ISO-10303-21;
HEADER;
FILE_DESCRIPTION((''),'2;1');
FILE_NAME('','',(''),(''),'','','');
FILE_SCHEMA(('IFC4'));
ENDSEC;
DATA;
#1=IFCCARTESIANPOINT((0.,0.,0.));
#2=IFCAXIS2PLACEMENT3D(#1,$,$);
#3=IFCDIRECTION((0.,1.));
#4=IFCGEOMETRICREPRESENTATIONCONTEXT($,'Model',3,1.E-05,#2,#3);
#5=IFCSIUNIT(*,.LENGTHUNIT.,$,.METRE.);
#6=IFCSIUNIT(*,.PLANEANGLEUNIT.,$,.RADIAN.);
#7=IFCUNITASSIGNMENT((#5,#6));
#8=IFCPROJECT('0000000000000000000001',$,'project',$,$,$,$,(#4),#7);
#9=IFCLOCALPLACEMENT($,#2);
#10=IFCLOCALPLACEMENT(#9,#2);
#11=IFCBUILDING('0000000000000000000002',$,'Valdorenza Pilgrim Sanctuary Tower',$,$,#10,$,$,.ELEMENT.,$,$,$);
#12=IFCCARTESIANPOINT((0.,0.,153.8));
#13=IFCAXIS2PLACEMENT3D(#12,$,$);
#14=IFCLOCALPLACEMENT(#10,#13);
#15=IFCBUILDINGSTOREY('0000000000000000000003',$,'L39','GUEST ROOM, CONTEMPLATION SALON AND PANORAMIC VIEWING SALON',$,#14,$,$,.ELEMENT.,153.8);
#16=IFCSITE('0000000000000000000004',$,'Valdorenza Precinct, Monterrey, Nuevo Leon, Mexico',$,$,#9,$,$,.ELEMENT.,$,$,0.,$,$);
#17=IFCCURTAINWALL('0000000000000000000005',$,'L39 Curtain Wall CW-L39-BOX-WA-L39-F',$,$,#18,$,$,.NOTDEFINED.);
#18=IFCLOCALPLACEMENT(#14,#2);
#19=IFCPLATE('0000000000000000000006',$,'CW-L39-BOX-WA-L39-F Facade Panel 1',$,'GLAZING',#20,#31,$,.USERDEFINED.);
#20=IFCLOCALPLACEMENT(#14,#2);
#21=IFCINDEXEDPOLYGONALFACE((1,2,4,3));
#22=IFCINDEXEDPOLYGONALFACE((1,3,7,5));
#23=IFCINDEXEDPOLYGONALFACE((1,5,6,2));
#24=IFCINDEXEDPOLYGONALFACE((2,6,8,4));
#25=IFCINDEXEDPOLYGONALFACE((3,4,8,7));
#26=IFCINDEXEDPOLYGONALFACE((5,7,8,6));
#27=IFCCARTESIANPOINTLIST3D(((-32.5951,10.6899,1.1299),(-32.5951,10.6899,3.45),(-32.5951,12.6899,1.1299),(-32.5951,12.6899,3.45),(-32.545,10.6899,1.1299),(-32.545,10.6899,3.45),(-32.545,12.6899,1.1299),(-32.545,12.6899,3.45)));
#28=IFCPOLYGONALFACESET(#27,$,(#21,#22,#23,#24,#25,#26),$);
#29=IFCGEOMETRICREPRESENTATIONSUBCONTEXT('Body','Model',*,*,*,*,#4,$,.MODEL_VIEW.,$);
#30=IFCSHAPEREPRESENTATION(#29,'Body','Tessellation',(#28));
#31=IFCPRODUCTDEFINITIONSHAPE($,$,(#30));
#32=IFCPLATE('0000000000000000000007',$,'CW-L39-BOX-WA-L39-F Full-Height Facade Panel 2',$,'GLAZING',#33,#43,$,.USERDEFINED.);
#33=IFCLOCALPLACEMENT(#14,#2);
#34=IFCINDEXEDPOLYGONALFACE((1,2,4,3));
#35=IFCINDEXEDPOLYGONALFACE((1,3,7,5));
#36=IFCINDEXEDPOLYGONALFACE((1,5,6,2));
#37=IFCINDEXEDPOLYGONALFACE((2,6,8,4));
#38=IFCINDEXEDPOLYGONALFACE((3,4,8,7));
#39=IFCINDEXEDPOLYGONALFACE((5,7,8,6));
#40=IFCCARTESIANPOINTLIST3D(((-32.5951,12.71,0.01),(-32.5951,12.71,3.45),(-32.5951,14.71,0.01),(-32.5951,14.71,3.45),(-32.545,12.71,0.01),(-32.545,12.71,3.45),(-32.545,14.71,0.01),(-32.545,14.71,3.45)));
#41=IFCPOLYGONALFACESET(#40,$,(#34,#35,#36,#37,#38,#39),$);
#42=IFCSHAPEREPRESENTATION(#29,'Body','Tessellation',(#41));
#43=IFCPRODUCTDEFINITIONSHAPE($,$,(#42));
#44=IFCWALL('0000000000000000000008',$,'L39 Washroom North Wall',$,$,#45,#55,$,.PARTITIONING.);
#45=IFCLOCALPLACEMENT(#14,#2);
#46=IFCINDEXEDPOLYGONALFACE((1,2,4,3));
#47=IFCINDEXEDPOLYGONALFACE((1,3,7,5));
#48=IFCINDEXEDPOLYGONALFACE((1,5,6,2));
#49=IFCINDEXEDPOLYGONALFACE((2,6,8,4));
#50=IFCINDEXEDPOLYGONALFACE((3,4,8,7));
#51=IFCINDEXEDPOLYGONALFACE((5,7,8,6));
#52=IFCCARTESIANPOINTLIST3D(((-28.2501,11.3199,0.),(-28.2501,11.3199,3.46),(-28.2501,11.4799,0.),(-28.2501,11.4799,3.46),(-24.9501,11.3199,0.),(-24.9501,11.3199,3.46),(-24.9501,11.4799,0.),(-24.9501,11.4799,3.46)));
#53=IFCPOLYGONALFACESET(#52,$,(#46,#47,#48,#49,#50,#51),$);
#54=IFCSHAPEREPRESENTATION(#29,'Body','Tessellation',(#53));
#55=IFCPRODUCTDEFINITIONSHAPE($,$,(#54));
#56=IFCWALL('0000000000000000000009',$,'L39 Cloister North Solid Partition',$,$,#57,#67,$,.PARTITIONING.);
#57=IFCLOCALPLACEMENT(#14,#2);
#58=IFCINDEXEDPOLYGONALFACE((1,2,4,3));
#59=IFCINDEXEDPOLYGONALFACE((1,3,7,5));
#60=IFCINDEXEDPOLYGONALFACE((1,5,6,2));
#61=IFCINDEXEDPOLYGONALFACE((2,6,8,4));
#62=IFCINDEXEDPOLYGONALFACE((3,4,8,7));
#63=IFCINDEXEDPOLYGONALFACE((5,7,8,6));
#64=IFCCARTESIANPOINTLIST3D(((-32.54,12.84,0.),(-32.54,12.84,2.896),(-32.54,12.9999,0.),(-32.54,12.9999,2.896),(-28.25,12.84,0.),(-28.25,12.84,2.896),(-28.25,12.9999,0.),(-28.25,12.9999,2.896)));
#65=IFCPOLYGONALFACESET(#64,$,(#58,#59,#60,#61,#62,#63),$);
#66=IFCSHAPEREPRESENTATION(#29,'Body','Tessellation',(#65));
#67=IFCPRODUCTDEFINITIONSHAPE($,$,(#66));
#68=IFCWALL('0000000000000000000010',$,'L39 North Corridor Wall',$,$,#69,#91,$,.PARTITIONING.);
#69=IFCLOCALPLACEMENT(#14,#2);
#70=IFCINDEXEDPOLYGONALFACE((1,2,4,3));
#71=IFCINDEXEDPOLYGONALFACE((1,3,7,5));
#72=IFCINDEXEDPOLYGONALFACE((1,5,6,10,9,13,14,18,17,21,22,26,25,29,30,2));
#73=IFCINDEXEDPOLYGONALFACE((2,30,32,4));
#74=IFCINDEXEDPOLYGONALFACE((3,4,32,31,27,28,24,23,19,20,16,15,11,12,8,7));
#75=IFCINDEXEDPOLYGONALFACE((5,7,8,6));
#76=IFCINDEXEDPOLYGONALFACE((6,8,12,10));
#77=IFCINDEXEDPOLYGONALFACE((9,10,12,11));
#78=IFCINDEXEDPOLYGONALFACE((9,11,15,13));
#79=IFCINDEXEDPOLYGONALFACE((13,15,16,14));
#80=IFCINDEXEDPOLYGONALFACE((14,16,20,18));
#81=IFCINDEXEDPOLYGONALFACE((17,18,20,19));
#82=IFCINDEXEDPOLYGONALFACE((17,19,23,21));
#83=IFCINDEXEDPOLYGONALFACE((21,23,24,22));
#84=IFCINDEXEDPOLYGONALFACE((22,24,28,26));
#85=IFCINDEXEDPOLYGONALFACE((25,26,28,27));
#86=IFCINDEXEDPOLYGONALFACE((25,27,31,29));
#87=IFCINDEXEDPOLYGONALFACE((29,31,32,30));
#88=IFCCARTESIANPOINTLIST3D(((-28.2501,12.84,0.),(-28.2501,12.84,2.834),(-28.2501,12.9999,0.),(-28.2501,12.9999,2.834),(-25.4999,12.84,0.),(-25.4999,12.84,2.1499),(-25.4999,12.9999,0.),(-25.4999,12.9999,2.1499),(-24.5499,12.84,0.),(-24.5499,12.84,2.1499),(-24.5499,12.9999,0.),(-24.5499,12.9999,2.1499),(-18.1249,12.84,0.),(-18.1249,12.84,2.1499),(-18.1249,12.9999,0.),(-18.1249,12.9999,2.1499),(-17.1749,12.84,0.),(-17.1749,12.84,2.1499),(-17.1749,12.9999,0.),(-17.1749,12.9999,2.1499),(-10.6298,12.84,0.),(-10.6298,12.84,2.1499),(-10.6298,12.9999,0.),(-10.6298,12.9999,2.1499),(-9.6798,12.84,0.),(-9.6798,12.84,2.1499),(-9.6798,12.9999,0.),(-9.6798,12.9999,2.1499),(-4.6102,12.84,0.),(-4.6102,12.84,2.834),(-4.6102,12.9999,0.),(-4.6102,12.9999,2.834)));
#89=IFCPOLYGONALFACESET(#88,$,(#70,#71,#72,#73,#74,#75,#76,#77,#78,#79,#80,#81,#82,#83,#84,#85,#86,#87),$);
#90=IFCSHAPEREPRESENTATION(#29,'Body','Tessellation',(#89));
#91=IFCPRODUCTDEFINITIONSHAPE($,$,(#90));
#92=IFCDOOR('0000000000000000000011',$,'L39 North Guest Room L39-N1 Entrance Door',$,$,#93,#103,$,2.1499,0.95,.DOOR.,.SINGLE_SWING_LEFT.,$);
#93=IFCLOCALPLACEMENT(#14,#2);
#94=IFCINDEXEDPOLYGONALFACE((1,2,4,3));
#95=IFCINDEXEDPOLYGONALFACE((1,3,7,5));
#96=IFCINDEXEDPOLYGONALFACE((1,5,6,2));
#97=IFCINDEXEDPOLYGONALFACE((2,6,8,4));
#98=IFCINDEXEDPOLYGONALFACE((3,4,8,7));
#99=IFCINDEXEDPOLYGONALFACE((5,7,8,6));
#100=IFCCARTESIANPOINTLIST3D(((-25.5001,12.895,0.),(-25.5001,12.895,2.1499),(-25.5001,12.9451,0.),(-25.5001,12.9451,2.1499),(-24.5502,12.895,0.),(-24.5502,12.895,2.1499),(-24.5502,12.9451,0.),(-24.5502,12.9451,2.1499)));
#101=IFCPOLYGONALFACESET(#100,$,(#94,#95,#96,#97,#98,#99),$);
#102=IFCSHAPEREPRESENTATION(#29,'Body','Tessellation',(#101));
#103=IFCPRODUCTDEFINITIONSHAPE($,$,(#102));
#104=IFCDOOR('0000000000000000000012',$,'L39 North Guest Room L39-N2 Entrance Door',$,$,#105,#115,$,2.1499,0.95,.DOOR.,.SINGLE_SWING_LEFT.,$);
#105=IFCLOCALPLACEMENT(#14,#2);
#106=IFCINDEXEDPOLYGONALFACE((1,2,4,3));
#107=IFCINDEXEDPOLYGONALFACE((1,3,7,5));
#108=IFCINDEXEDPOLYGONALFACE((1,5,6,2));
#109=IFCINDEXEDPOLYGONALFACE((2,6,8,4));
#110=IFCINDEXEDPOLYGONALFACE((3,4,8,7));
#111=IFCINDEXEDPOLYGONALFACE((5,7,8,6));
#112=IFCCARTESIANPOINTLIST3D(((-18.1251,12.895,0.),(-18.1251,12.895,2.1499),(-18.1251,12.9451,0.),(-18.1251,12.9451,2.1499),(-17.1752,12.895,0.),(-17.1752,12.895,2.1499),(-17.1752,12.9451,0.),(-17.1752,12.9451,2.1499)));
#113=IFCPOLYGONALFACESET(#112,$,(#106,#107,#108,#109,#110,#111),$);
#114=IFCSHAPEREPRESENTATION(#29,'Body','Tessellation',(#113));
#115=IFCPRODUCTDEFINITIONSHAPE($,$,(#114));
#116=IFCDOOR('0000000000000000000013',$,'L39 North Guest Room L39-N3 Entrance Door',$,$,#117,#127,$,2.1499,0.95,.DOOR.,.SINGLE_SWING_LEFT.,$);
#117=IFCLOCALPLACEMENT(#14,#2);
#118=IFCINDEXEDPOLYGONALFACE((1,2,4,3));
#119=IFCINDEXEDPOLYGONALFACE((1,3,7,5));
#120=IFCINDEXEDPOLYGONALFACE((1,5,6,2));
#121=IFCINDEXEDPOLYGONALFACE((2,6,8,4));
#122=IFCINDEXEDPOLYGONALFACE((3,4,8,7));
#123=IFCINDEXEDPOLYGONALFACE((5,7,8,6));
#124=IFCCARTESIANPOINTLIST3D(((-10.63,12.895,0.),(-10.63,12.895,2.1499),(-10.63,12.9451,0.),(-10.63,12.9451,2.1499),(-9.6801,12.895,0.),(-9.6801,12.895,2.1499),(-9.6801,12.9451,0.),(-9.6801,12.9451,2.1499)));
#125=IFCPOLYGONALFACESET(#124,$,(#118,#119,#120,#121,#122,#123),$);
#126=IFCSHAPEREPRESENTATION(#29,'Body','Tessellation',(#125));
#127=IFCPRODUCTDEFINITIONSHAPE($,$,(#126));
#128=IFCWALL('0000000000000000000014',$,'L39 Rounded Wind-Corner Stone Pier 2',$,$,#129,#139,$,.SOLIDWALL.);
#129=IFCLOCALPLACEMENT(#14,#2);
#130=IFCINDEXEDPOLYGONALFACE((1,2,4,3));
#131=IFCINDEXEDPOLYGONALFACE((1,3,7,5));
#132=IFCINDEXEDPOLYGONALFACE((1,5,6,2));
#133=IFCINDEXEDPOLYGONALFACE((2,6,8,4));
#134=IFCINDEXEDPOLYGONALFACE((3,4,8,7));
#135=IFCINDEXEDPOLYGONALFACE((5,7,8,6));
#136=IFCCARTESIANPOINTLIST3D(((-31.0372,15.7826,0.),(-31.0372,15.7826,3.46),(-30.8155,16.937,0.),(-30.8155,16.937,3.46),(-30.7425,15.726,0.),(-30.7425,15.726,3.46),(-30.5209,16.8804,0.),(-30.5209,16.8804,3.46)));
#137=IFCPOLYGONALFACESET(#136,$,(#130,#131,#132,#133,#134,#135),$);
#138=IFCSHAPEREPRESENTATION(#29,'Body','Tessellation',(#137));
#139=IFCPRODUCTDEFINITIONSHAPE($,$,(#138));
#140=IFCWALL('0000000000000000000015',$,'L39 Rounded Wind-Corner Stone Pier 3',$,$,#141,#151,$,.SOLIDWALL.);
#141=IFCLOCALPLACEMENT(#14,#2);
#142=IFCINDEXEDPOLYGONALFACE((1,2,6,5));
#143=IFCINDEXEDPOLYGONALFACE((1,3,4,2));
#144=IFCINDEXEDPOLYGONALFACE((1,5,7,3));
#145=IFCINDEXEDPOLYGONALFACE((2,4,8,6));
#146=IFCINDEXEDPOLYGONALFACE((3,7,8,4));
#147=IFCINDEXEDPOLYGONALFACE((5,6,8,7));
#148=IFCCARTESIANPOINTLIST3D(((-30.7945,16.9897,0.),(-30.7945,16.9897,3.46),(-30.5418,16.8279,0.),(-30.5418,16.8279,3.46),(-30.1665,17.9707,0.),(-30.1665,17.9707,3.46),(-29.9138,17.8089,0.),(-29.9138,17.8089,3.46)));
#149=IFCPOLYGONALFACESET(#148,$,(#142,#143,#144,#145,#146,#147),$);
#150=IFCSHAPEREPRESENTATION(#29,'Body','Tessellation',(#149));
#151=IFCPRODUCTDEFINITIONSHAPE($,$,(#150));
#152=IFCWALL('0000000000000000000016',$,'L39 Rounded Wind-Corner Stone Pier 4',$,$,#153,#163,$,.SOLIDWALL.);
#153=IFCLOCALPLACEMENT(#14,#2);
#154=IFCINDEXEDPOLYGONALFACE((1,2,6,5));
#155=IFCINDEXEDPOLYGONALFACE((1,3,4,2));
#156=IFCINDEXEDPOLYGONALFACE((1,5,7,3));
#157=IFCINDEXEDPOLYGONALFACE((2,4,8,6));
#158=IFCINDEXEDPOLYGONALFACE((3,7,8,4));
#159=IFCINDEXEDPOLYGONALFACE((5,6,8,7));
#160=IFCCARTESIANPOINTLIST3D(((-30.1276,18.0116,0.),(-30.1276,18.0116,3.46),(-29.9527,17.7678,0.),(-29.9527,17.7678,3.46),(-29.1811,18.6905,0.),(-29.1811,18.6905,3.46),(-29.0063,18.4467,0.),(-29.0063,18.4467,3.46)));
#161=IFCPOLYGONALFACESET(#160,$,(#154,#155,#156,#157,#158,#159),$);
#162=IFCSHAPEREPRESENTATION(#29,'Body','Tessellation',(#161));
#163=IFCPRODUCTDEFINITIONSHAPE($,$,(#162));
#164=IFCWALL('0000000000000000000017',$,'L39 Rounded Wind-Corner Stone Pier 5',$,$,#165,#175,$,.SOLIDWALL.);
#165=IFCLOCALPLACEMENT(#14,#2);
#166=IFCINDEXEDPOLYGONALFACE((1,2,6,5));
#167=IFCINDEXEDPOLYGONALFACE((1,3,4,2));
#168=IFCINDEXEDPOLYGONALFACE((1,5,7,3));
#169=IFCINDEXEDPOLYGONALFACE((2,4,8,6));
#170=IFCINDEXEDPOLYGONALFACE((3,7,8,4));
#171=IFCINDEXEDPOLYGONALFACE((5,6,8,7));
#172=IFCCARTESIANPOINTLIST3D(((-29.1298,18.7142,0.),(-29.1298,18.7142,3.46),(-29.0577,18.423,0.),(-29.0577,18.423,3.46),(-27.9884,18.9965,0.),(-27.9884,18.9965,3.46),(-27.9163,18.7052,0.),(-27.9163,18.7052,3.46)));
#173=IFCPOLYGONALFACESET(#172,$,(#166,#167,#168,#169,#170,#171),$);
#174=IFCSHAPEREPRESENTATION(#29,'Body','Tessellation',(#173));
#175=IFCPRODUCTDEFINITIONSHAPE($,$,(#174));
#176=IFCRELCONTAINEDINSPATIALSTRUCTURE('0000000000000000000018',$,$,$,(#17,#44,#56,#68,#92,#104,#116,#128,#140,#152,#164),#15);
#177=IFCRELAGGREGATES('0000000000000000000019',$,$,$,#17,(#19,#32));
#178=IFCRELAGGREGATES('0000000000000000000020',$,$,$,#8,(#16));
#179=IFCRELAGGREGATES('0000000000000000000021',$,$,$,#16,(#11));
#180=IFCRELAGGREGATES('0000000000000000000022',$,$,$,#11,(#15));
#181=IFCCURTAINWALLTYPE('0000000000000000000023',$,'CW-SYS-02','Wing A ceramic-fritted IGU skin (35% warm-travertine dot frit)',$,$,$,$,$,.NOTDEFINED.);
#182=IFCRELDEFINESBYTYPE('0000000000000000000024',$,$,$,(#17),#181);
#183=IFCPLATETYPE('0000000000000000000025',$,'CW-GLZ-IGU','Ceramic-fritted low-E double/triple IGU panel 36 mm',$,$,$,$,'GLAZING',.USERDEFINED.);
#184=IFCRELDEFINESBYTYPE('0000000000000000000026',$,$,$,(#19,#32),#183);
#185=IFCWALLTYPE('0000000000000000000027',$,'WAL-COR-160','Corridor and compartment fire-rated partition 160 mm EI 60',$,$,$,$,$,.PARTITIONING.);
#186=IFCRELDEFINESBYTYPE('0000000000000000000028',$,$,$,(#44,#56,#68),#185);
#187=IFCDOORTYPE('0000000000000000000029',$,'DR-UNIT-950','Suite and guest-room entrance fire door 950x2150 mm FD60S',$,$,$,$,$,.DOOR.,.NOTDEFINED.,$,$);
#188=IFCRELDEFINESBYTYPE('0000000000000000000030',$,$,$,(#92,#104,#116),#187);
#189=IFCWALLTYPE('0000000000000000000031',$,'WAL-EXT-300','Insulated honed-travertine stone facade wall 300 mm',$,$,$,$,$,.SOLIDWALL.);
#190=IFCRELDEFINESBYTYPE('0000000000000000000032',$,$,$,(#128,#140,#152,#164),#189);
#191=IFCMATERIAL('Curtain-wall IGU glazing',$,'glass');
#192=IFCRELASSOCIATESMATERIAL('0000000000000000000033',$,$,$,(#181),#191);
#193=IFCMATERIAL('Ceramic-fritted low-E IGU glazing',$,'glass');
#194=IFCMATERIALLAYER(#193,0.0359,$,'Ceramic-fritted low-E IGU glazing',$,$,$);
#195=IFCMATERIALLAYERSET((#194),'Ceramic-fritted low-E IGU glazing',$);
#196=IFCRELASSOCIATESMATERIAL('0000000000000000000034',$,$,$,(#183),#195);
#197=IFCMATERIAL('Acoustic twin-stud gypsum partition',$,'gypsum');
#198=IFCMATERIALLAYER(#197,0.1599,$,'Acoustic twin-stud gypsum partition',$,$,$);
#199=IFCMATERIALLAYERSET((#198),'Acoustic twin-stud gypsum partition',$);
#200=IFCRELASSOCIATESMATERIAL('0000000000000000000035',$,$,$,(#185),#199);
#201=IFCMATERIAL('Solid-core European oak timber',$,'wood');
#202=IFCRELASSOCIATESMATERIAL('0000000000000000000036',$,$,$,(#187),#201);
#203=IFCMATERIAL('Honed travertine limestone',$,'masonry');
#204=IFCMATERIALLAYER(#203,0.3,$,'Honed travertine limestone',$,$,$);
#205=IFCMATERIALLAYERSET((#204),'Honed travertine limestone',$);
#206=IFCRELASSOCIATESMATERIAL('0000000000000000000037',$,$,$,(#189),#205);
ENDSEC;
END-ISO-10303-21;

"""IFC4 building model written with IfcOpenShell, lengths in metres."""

from ifc_helpers import new_model, si_unit, direction, frame, frame_2d, origin, origin_2d, place, context, subcontext, project, spatial, rectangle, extrude, source, transform, mapped, material, layer, layer_set, type_object, element, fill, aggregate, save


model = new_model("IFC4")

# Units and contexts
model_context = context("Model", 3, precision=1e-05, world=origin(), true_north=direction((0.0, 1.0)))
body_context = subcontext(model_context, "Body", "Model", "MODEL_VIEW")
ifc_project = project(units=[si_unit("LENGTHUNIT", "METRE"), si_unit("PLANEANGLEUNIT", "RADIAN")], contexts=[model_context])

# Site, building, storey
site_placement = place(None, origin())
site = spatial("IfcSite", under=ifc_project, at=site_placement, Name="Valdorenza Precinct, Monterrey, Nuevo Leon, Mexico", CompositionType="ELEMENT", RefElevation=0.0)
building_placement = place(site_placement, origin())
building = spatial("IfcBuilding", under=site, at=building_placement, Name="Valdorenza Pilgrim Sanctuary Tower", CompositionType="ELEMENT")
storey_placement = place(building_placement, frame((0.0, 0.0, 153.8)))
storey = spatial("IfcBuildingStorey", under=building, at=storey_placement, Name="L39", Description="GUEST ROOM, CONTEMPLATION SALON AND PANORAMIC VIEWING SALON", CompositionType="ELEMENT", Elevation=153.8)

# Shared definitions
ifc_material_1 = material(Name="Curtain-wall IGU glazing", Category="glass")
curtain_wall_type = type_object("IfcCurtainWallType", Name="CW-SYS-02", Description="Wing A ceramic-fritted IGU skin (35% warm-travertine dot frit)", PredefinedType="NOTDEFINED", material=ifc_material_1)

# Curtain wall
curtain_wall_1_placement = place(storey_placement, origin())
curtain_wall_1 = element("IfcCurtainWall", 1, at=curtain_wall_1_placement, inside=storey, type_object=curtain_wall_type, Name="L39 Curtain Wall CW-L39-BOX-WA-L39-F", PredefinedType="NOTDEFINED")

# Plates
ifc_material_2 = material(Name="Honed travertine limestone", Category="masonry")
ifc_material_3 = material(Name="Ceramic-fritted low-E IGU glazing", Category="glass")
ifc_layer_1 = layer(ifc_material_3, 0.0359, Name="Ceramic-fritted low-E IGU glazing")
ifc_layer_set_1 = layer_set([ifc_layer_1], Name="Ceramic-fritted low-E IGU glazing")
plate_type_1 = type_object("IfcPlateType", Name="CW-GLZ-IGU", Description="Ceramic-fritted low-E double/triple IGU panel 36 mm", ElementType="GLAZING", PredefinedType="USERDEFINED", material=ifc_layer_set_1)
shared_shape_1 = source(origin(), body_context, "Body", "SweptSolid", [
    extrude(rectangle(XDim=2.0, YDim=0.05, at=origin_2d()), origin(), (0.0, 0.0, 1.0), 2.3201),
])
plate_1_placement = place(storey_placement, frame((-32.5701, 11.6899, 1.1299), z_axis=(0.0, 0.0, 1.0), x_axis=(0.0, 1.0, 0.0)))
plate_1 = element("IfcPlate", 2, at=plate_1_placement, type_object=plate_type_1, Name="CW-L39-BOX-WA-L39-F Facade Panel 1", ObjectType="GLAZING", PredefinedType="USERDEFINED", context=body_context, shape_type="MappedRepresentation", body=[
    mapped(shared_shape_1, transform((0.0, 0.0, 0.0), x_axis=(1.0, 0.0, 0.0), y_axis=(0.0, 1.0, 0.0), z_axis=(0.0, 0.0, 1.0), scale=1.0)),
])
shared_shape_2 = source(origin(), body_context, "Body", "SweptSolid", [
    extrude(rectangle(XDim=2.0, YDim=0.05, at=origin_2d()), origin(), (0.0, 0.0, 1.0), 3.4399),
])
plate_2_placement = place(storey_placement, frame((-32.5701, 13.71, 0.01), z_axis=(0.0, 0.0, 1.0), x_axis=(0.0, 1.0, 0.0)))
plate_2 = element("IfcPlate", 3, at=plate_2_placement, type_object=plate_type_1, Name="CW-L39-BOX-WA-L39-F Full-Height Facade Panel 2", ObjectType="GLAZING", PredefinedType="USERDEFINED", context=body_context, shape_type="MappedRepresentation", body=[
    mapped(shared_shape_2, transform((0.0, 0.0, 0.0), x_axis=(1.0, 0.0, 0.0), y_axis=(0.0, 1.0, 0.0), z_axis=(0.0, 0.0, 1.0), scale=1.0)),
])
aggregate(curtain_wall_1, [plate_1, plate_2])

# Walls
ifc_material_4 = material(Name="Acoustic twin-stud gypsum partition", Category="gypsum")
ifc_layer_2 = layer(ifc_material_4, 0.1599, Name="Acoustic twin-stud gypsum partition")
ifc_layer_set_2 = layer_set([ifc_layer_2], Name="Acoustic twin-stud gypsum partition")
wall_type_1 = type_object("IfcWallType", Name="WAL-COR-160", Description="Corridor and compartment fire-rated partition 160 mm EI 60", PredefinedType="PARTITIONING", material=ifc_layer_set_2)
wall_1_placement = place(storey_placement, frame((-28.25, 11.3999, 0.0), z_axis=(0.0, 0.0, 1.0), x_axis=(1.0, 0.0, 0.0)))
element("IfcWall", 4, at=wall_1_placement, inside=storey, type_object=wall_type_1, Name="L39 Washroom North Wall", PredefinedType="PARTITIONING", context=body_context, shape_type="SweptSolid", body=[
    extrude(rectangle(XDim=3.3, YDim=0.1599, at=frame_2d((1.6499, 0.0))), origin(), (0.0, 0.0, 1.0), 3.46),
])
wall_2_placement = place(storey_placement, frame((-32.54, 12.9199, 0.0), z_axis=(0.0, 0.0, 1.0), x_axis=(1.0, 0.0, 0.0)))
element("IfcWall", 5, at=wall_2_placement, inside=storey, type_object=wall_type_1, Name="L39 Cloister North Solid Partition", PredefinedType="PARTITIONING", context=body_context, shape_type="SweptSolid", body=[
    extrude(rectangle(XDim=4.29, YDim=0.1599, at=frame_2d((2.145, 0.0))), origin(), (0.0, 0.0, 1.0), 2.896),
])

# Wall, openings, doors
wall_3_placement = place(storey_placement, frame((-28.25, 12.9199, 0.0), z_axis=(0.0, 0.0, 1.0), x_axis=(1.0, 0.0, 0.0)))
wall_3 = element("IfcWall", 6, at=wall_3_placement, inside=storey, type_object=wall_type_1, Name="L39 North Corridor Wall", PredefinedType="PARTITIONING", context=body_context, shape_type="SweptSolid", body=[
    extrude(rectangle(XDim=23.6399, YDim=0.1599, at=frame_2d((11.8198, 0.0))), origin(), (0.0, 0.0, 1.0), 2.834),
])
opening_1_placement = place(wall_3_placement, frame((2.75, 0.0, 0.0)))
opening_1 = element("IfcOpeningElement", 7, at=opening_1_placement, cuts=wall_3, PredefinedType="OPENING", context=body_context, shape_type="SweptSolid", body=[
    extrude(rectangle(XDim=0.95, YDim=2.1499, at=frame_2d((0.4751, 1.075))), frame((0.0, 0.0947, 0.0), z_axis=(0.0, -1.0, 0.0), x_axis=(1.0, 0.0, 0.0)), (0.0, 0.0, 1.0), 0.1897),
])
opening_2_placement = place(wall_3_placement, frame((10.125, 0.0, 0.0)))
opening_2 = element("IfcOpeningElement", 8, at=opening_2_placement, cuts=wall_3, PredefinedType="OPENING", context=body_context, shape_type="SweptSolid", body=[
    extrude(rectangle(XDim=0.95, YDim=2.1499, at=frame_2d((0.4751, 1.075))), frame((0.0, 0.0947, 0.0), z_axis=(0.0, -1.0, 0.0), x_axis=(1.0, 0.0, 0.0)), (0.0, 0.0, 1.0), 0.1897),
])
opening_3_placement = place(wall_3_placement, frame((17.6201, 0.0, 0.0)))
opening_3 = element("IfcOpeningElement", 9, at=opening_3_placement, cuts=wall_3, PredefinedType="OPENING", context=body_context, shape_type="SweptSolid", body=[
    extrude(rectangle(XDim=0.95, YDim=2.1499, at=frame_2d((0.4751, 1.075))), frame((0.0, 0.0947, 0.0), z_axis=(0.0, -1.0, 0.0), x_axis=(1.0, 0.0, 0.0)), (0.0, 0.0, 1.0), 0.1897),
])
ifc_material_5 = material(Name="Solid-core European oak timber", Category="wood")
door_type_1 = type_object("IfcDoorType", Name="DR-UNIT-950", Description="Suite and guest-room entrance fire door 950x2150 mm FD60S", OperationType="NOTDEFINED", PredefinedType="DOOR", material=ifc_material_5)
door_1_placement = place(opening_1_placement, frame((0.95, 0.0, 0.0), z_axis=(0.0, 0.0, 1.0), x_axis=(-1.0, 0.0, 0.0)))
door_1 = element("IfcDoor", 10, at=door_1_placement, inside=storey, type_object=door_type_1, Name="L39 North Guest Room L39-N1 Entrance Door", OperationType="SINGLE_SWING_LEFT", OverallHeight=2.1499, OverallWidth=0.95, PredefinedType="DOOR", context=body_context, shape_type="SweptSolid", body=[
    extrude(rectangle(XDim=0.95, YDim=2.1499, at=frame_2d((0.4751, 1.075))), frame((0.0, 0.0249, 0.0), z_axis=(0.0, -1.0, 0.0), x_axis=(1.0, 0.0, 0.0)), (0.0, 0.0, 1.0), 0.05),
])
fill(opening_1, door_1)
door_2_placement = place(opening_2_placement, frame((0.95, 0.0, 0.0), z_axis=(0.0, 0.0, 1.0), x_axis=(-1.0, 0.0, 0.0)))
door_2 = element("IfcDoor", 11, at=door_2_placement, inside=storey, type_object=door_type_1, Name="L39 North Guest Room L39-N2 Entrance Door", OperationType="SINGLE_SWING_LEFT", OverallHeight=2.1499, OverallWidth=0.95, PredefinedType="DOOR", context=body_context, shape_type="SweptSolid", body=[
    extrude(rectangle(XDim=0.95, YDim=2.1499, at=frame_2d((0.4751, 1.075))), frame((0.0, 0.0249, 0.0), z_axis=(0.0, -1.0, 0.0), x_axis=(1.0, 0.0, 0.0)), (0.0, 0.0, 1.0), 0.05),
])
fill(opening_2, door_2)
door_3_placement = place(opening_3_placement, frame((0.95, 0.0, 0.0), z_axis=(0.0, 0.0, 1.0), x_axis=(-1.0, 0.0, 0.0)))
door_3 = element("IfcDoor", 12, at=door_3_placement, inside=storey, type_object=door_type_1, Name="L39 North Guest Room L39-N3 Entrance Door", OperationType="SINGLE_SWING_LEFT", OverallHeight=2.1499, OverallWidth=0.95, PredefinedType="DOOR", context=body_context, shape_type="SweptSolid", body=[
    extrude(rectangle(XDim=0.95, YDim=2.1499, at=frame_2d((0.4751, 1.075))), frame((0.0, 0.0249, 0.0), z_axis=(0.0, -1.0, 0.0), x_axis=(1.0, 0.0, 0.0)), (0.0, 0.0, 1.0), 0.05),
])
fill(opening_3, door_3)

# Walls
ifc_layer_3 = layer(ifc_material_2, 0.3, Name="Honed travertine limestone")
ifc_layer_set_3 = layer_set([ifc_layer_3], Name="Honed travertine limestone")
wall_type_2 = type_object("IfcWallType", Name="WAL-EXT-300", Description="Insulated honed-travertine stone facade wall 300 mm", PredefinedType="SOLIDWALL", material=ifc_layer_set_3)
wall_4_placement = place(storey_placement, frame((-30.8899, 15.7542, 0.0), z_axis=(0.0, 0.0, 1.0), x_axis=(0.188562, 0.982061, 0.0)))
element("IfcWall", 13, at=wall_4_placement, inside=storey, type_object=wall_type_2, Name="L39 Rounded Wind-Corner Stone Pier 2", PredefinedType="SOLIDWALL", context=body_context, shape_type="SweptSolid", body=[
    extrude(rectangle(XDim=1.1755, YDim=0.3, at=frame_2d((0.5879, 0.0))), origin(), (0.0, 0.0, 1.0), 3.46),
])
for number, where, z_axis, x_axis, name in (
    (14, (-30.6682, 16.9087, 0.0), (0.0, 0.0, 1.0), (0.539125, 0.842226, 0.0), "L39 Rounded Wind-Corner Stone Pier 3"),
    (15, (-30.0403, 17.8896, 0.0), (0.0, 0.0, 1.0), (0.812571, 0.582863, 0.0), "L39 Rounded Wind-Corner Stone Pier 4"),
):
    element("IfcWall", number, at=place(storey_placement, frame(where, z_axis=z_axis, x_axis=x_axis)), inside=storey, type_object=wall_type_2, Name=name, PredefinedType="SOLIDWALL", context=body_context, shape_type="SweptSolid", body=[
        extrude(rectangle(XDim=1.1648, YDim=0.3, at=frame_2d((0.5825, 0.0))), origin(), (0.0, 0.0, 1.0), 3.46),
    ])
wall_5_placement = place(storey_placement, frame((-29.0938, 18.5686, 0.0), z_axis=(0.0, 0.0, 1.0), x_axis=(0.970762, 0.240043, 0.0)))
element("IfcWall", 16, at=wall_5_placement, inside=storey, type_object=wall_type_2, Name="L39 Rounded Wind-Corner Stone Pier 5", PredefinedType="SOLIDWALL", context=body_context, shape_type="SweptSolid", body=[
    extrude(rectangle(XDim=1.1758, YDim=0.3, at=frame_2d((0.5879, 0.0))), origin(), (0.0, 0.0, 1.0), 3.46),
])

save(model, "model.ifc")
